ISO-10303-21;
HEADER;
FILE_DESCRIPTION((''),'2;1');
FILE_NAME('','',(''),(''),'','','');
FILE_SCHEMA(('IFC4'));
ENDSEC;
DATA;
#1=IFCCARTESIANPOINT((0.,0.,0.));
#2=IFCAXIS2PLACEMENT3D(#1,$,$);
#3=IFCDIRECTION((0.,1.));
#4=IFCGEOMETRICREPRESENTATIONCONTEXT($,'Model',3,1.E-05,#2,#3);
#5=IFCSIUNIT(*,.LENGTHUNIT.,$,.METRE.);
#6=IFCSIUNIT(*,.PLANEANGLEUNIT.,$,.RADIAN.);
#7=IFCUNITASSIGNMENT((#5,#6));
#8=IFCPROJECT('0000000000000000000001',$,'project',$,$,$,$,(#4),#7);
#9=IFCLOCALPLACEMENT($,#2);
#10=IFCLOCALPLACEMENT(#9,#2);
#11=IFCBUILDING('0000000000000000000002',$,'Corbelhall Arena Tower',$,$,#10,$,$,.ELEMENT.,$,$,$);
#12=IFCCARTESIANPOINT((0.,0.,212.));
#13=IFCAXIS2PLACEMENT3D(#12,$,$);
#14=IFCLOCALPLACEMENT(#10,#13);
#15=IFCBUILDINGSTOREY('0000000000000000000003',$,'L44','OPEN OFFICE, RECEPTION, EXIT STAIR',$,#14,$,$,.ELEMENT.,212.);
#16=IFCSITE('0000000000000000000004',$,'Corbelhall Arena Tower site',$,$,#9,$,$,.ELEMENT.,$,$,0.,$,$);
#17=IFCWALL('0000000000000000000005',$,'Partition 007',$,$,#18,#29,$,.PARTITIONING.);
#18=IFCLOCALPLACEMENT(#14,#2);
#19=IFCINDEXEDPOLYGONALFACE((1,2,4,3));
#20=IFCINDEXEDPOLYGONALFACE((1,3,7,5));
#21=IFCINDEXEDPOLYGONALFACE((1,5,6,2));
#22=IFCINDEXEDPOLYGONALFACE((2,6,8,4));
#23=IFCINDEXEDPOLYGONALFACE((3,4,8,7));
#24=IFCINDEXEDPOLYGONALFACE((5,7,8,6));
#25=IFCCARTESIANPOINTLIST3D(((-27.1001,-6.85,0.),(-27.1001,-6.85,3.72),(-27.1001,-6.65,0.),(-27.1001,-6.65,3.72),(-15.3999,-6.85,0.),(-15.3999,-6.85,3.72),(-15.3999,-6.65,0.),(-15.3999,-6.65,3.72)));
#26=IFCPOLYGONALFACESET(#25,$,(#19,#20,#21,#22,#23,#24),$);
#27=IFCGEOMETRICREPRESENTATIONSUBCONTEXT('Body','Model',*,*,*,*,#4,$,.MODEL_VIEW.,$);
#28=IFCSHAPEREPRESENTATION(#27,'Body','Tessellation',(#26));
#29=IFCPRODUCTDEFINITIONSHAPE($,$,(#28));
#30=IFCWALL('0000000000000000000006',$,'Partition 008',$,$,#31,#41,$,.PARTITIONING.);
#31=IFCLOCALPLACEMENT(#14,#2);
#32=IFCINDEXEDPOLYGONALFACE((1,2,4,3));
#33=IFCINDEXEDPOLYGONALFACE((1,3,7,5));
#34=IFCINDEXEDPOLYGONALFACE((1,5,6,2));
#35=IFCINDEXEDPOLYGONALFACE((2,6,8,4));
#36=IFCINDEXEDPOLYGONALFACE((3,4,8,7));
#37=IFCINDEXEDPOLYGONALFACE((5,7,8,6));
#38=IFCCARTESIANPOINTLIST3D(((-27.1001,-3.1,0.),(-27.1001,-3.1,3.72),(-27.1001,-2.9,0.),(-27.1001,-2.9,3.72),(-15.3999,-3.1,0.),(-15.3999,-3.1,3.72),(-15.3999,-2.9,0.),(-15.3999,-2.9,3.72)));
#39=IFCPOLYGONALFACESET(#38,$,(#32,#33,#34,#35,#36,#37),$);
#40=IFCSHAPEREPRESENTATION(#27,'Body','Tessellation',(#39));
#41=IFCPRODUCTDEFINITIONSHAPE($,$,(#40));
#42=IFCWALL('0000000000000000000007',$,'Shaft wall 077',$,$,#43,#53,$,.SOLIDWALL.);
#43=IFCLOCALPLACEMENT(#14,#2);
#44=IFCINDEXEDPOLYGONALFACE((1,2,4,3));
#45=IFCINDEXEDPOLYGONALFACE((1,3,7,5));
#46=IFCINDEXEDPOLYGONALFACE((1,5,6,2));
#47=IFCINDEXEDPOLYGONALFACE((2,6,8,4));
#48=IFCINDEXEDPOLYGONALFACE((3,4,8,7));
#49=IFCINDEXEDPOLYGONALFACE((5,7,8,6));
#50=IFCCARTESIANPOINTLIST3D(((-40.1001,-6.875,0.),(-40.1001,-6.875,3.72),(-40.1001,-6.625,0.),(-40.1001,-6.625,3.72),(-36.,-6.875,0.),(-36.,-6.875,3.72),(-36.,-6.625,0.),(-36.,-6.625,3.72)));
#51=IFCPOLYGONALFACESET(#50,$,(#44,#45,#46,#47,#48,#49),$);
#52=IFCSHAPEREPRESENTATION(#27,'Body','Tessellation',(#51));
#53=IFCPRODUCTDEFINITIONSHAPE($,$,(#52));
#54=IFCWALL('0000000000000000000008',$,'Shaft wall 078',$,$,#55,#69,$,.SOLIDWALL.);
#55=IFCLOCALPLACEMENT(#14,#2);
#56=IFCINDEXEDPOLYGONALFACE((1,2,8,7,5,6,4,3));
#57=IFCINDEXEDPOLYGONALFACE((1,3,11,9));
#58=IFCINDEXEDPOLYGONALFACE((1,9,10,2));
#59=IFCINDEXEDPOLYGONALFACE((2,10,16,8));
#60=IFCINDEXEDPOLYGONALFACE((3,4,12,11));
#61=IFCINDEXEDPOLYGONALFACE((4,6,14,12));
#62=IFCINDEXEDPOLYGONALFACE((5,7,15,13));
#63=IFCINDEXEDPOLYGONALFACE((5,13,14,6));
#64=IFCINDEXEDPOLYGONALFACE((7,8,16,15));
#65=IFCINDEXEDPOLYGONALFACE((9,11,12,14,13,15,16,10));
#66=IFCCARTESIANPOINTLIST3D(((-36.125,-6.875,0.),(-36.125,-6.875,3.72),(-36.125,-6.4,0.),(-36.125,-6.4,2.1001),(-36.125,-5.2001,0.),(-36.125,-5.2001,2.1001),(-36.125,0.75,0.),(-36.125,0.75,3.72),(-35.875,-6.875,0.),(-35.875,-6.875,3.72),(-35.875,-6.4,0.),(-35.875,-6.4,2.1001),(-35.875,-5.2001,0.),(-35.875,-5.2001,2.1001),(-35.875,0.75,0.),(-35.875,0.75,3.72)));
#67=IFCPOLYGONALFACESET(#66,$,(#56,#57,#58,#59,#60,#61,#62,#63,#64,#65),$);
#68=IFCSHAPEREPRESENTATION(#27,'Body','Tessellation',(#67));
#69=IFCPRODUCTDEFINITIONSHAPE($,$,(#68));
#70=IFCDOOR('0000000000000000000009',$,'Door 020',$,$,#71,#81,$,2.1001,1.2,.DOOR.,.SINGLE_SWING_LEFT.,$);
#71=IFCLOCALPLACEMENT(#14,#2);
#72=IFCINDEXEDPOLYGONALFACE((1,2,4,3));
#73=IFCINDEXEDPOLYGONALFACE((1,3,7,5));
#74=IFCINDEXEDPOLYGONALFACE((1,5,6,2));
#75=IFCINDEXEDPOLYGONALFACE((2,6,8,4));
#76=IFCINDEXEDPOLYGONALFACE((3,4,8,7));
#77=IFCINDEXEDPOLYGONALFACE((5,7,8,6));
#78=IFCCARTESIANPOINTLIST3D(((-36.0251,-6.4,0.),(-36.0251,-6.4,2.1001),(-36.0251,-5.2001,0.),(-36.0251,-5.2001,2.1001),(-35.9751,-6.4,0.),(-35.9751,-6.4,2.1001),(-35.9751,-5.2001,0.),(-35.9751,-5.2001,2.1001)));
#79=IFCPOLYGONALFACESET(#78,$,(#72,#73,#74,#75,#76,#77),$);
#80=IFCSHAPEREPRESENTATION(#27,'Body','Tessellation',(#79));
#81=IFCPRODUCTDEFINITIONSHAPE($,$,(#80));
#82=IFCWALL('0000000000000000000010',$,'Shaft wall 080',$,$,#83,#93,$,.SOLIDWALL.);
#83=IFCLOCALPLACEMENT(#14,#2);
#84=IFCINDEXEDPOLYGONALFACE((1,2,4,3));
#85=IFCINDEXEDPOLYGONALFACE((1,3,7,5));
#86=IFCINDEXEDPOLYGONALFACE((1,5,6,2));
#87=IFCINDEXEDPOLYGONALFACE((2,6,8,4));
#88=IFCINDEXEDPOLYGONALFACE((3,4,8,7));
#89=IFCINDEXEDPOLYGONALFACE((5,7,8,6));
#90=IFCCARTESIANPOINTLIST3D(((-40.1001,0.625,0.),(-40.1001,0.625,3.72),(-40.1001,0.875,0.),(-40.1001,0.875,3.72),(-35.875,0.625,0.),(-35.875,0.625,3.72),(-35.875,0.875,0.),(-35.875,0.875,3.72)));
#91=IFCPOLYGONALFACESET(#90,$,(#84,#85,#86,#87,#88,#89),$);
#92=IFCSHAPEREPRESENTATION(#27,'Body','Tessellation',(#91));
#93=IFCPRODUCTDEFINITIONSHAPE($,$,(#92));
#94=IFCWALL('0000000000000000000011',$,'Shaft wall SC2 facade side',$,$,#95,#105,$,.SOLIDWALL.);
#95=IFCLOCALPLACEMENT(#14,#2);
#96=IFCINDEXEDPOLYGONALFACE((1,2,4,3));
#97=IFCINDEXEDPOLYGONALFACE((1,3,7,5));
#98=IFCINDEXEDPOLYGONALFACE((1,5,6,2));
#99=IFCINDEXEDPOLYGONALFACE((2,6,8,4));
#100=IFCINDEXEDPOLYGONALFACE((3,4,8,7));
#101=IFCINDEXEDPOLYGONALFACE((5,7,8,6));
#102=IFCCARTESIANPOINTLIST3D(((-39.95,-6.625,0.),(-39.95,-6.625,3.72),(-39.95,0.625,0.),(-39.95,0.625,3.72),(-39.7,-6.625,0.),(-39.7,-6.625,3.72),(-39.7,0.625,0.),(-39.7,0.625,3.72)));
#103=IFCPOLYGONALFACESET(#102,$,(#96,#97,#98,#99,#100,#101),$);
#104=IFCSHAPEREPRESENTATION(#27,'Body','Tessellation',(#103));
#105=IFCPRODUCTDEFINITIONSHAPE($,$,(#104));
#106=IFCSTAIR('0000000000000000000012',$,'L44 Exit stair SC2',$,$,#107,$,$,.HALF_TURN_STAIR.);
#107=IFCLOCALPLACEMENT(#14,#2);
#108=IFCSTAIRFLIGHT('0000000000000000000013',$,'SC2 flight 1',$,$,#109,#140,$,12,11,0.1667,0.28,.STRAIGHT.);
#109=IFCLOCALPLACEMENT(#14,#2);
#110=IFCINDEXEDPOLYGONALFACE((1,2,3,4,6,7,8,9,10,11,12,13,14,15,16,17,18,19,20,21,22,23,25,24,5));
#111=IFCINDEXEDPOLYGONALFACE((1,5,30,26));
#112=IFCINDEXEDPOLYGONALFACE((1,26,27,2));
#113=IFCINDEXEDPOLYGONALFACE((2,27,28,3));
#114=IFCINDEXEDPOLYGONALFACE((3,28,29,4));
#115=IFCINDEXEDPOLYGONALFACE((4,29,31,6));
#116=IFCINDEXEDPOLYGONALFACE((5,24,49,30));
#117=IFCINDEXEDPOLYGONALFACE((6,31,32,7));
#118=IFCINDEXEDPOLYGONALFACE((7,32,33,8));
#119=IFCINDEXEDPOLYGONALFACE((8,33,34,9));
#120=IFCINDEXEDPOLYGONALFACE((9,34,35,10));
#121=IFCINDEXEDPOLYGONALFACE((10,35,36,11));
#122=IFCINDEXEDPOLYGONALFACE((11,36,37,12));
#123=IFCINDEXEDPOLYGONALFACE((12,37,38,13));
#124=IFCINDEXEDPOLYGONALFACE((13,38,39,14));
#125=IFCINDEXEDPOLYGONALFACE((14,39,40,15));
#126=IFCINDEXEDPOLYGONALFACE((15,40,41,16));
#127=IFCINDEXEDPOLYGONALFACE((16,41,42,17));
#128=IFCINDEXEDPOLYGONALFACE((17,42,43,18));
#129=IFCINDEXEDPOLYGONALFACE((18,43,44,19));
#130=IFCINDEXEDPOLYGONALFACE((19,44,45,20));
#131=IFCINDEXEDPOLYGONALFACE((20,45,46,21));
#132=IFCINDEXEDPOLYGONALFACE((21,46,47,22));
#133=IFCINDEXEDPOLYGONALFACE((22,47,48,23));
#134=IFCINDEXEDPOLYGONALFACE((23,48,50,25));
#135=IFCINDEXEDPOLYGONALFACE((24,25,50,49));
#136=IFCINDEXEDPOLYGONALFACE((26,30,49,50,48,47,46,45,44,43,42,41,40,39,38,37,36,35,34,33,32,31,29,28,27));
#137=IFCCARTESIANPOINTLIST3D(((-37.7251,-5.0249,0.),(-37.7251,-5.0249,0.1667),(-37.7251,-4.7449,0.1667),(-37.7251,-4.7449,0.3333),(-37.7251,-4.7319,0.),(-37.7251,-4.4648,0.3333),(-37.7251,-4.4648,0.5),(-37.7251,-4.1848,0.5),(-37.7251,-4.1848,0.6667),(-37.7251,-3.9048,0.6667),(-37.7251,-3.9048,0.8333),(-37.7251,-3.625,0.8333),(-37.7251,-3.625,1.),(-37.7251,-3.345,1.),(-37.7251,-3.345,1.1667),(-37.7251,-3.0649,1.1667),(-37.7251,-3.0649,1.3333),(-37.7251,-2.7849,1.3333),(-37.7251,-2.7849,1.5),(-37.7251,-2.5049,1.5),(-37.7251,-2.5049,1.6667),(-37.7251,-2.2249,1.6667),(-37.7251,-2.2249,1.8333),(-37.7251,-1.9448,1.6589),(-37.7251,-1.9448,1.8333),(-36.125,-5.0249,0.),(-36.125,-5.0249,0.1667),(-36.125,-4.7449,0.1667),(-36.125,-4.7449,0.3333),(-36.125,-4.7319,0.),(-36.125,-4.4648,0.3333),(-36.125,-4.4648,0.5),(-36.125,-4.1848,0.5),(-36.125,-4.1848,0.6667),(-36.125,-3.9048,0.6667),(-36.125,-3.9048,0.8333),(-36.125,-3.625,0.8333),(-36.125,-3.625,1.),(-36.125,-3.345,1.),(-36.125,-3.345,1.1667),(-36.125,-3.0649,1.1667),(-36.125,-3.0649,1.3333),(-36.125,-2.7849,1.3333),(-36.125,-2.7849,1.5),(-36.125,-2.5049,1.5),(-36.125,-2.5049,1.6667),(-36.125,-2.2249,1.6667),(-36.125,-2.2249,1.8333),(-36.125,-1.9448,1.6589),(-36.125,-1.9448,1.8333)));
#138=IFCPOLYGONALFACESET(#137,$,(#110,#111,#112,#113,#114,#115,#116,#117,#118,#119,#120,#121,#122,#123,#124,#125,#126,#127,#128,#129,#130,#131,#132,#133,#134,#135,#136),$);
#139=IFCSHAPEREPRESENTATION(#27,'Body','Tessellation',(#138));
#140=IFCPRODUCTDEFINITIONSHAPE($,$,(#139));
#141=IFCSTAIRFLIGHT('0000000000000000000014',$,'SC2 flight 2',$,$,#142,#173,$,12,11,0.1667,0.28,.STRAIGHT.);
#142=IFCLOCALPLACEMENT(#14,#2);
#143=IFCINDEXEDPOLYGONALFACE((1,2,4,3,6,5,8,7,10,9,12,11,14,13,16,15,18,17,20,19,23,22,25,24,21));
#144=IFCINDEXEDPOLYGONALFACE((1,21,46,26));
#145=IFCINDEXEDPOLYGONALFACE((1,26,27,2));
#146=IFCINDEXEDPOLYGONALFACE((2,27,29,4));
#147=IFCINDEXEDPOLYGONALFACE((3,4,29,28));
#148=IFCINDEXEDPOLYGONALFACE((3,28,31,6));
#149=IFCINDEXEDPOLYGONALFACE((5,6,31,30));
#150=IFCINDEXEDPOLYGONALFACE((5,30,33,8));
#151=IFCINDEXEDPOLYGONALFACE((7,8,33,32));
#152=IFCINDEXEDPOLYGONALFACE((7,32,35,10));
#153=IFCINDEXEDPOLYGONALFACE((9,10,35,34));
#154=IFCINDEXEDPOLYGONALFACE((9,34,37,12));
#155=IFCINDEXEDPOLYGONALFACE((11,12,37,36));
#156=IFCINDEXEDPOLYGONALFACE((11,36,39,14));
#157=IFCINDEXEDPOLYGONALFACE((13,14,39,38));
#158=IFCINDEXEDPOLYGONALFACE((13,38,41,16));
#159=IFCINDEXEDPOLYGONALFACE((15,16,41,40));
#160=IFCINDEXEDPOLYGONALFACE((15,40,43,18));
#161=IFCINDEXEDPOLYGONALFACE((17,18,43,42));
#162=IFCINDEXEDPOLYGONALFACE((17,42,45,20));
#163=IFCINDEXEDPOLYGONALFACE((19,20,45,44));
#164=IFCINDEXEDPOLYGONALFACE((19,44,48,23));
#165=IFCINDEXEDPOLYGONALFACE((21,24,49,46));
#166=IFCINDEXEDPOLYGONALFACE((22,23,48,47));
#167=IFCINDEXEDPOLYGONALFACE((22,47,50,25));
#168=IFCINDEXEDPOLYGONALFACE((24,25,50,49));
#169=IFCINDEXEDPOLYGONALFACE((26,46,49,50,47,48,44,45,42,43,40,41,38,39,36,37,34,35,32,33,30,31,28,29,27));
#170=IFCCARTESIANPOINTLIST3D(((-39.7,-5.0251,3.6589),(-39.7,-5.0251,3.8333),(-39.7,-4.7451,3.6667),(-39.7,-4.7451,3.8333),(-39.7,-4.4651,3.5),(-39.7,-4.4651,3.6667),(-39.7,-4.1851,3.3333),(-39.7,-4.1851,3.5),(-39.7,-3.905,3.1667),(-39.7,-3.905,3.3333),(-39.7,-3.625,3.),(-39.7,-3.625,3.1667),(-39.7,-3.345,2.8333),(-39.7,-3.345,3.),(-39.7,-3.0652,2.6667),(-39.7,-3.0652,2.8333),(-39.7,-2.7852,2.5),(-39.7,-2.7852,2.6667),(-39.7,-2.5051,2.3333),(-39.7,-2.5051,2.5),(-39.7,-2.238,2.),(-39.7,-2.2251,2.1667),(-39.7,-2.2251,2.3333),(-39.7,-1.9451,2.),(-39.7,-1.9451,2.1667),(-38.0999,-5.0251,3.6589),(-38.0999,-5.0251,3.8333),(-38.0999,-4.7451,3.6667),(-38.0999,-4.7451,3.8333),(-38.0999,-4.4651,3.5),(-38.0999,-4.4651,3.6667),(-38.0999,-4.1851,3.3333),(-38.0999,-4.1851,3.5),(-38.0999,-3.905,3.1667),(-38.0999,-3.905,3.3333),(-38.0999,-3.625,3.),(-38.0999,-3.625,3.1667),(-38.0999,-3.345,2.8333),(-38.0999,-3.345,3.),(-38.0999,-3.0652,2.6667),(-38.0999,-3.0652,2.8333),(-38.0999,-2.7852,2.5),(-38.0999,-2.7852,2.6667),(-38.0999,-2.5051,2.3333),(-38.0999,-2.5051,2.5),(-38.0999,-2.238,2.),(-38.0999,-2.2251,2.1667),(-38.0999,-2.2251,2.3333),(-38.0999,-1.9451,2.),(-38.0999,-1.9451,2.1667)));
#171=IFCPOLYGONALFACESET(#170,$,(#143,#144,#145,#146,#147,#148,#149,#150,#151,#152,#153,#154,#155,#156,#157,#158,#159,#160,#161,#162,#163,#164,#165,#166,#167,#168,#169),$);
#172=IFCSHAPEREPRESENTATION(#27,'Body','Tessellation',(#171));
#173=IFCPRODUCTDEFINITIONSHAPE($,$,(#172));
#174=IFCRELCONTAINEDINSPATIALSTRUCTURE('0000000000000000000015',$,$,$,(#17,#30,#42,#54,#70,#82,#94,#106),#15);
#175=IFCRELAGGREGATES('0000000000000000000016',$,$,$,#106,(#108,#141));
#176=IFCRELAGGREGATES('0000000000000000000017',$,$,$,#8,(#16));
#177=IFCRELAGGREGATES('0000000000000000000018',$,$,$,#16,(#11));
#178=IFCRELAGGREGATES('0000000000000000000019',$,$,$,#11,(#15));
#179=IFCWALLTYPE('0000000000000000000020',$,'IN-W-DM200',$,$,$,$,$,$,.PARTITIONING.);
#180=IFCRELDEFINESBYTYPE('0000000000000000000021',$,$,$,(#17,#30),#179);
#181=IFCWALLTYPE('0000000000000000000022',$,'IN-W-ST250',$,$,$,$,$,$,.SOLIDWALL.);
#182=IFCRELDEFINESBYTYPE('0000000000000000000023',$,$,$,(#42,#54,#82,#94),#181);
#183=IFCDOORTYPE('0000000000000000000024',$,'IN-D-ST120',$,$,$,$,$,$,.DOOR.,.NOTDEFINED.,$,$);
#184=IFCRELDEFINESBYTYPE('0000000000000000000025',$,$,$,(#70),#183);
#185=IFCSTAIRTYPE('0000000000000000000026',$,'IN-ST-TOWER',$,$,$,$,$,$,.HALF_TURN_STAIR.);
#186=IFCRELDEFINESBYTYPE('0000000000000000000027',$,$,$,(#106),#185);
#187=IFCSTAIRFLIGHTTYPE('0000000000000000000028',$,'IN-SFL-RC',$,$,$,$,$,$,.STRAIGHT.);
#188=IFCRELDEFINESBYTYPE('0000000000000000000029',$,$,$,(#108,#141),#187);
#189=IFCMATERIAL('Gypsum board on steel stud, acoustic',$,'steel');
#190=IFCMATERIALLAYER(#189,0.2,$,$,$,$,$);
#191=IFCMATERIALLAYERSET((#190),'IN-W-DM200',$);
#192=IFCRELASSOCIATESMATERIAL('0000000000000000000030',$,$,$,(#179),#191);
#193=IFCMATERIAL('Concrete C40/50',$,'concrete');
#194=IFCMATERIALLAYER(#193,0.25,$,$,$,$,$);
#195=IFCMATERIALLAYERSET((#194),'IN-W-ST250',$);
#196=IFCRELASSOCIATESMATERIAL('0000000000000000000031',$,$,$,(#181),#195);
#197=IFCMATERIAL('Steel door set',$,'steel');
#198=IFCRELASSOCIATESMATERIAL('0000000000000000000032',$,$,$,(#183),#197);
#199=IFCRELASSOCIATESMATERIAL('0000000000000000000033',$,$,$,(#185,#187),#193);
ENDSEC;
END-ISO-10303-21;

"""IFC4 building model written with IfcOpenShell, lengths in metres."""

from ifc_helpers import new_model, si_unit, direction, frame, frame_2d, origin, place, context, subcontext, project, spatial, polyline, rectangle, outline, extrude, material, layer, layer_set, type_object, element, fill, aggregate, save


model = new_model("IFC4")

# Units and contexts
model_context = context("Model", 3, precision=1e-05, world=origin(), true_north=direction((0.0, 1.0)))
body_context = subcontext(model_context, "Body", "Model", "MODEL_VIEW")
ifc_project = project(units=[si_unit("LENGTHUNIT", "METRE"), si_unit("PLANEANGLEUNIT", "RADIAN")], contexts=[model_context])

# Site, building, storey
site_placement = place(None, origin())
site = spatial("IfcSite", under=ifc_project, at=site_placement, Name="Corbelhall Arena Tower site", CompositionType="ELEMENT", RefElevation=0.0)
building_placement = place(site_placement, origin())
building = spatial("IfcBuilding", under=site, at=building_placement, Name="Corbelhall Arena Tower", CompositionType="ELEMENT")
storey_placement = place(building_placement, frame((0.0, 0.0, 212.0)))
storey = spatial("IfcBuildingStorey", under=building, at=storey_placement, Name="L44", Description="OPEN OFFICE, RECEPTION, EXIT STAIR", CompositionType="ELEMENT", Elevation=212.0)

# Walls
ifc_material_1 = material(Name="Gypsum board on steel stud, acoustic", Category="steel")
ifc_layer_1 = layer(ifc_material_1, 0.2)
ifc_layer_set_1 = layer_set([ifc_layer_1], Name="IN-W-DM200")
wall_type_1 = type_object("IfcWallType", Name="IN-W-DM200", PredefinedType="PARTITIONING", material=ifc_layer_set_1)
for number, where, z_axis, x_axis, name in (
    (1, (-27.1001, -6.75, 0.0), (0.0, 0.0, 1.0), (1.0, 0.0, 0.0), "Partition 007"),
    (2, (-27.1001, -3.0, 0.0), (0.0, 0.0, 1.0), (1.0, 0.0, 0.0), "Partition 008"),
):
    element("IfcWall", number, at=place(storey_placement, frame(where, z_axis=z_axis, x_axis=x_axis)), inside=storey, type_object=wall_type_1, Name=name, PredefinedType="PARTITIONING", context=body_context, shape_type="SweptSolid", body=[
        extrude(rectangle(XDim=11.7002, YDim=0.2, at=frame_2d((5.8501, 0.0))), origin(), (0.0, 0.0, 1.0), 3.72),
    ])
ifc_material_2 = material(Name="Concrete C40/50", Category="concrete")
ifc_layer_2 = layer(ifc_material_2, 0.25)
ifc_layer_set_2 = layer_set([ifc_layer_2], Name="IN-W-ST250")
wall_type_2 = type_object("IfcWallType", Name="IN-W-ST250", PredefinedType="SOLIDWALL", material=ifc_layer_set_2)
wall_1_placement = place(storey_placement, frame((-36.0, -6.75, 0.0), z_axis=(0.0, 0.0, 1.0), x_axis=(-1.0, 0.0, 0.0)))
element("IfcWall", 3, at=wall_1_placement, inside=storey, type_object=wall_type_2, Name="Shaft wall 077", PredefinedType="SOLIDWALL", context=body_context, shape_type="SweptSolid", body=[
    extrude(rectangle(XDim=4.1001, YDim=0.25, at=frame_2d((2.05, 0.0))), origin(), (0.0, 0.0, 1.0), 3.72),
])

# Wall, opening, door
wall_2_placement = place(storey_placement, frame((-36.0, 0.75, 0.0), z_axis=(0.0, 0.0, 1.0), x_axis=(0.0, -1.0, 0.0)))
wall_2 = element("IfcWall", 4, at=wall_2_placement, inside=storey, type_object=wall_type_2, Name="Shaft wall 078", PredefinedType="SOLIDWALL", context=body_context, shape_type="SweptSolid", body=[
    extrude(rectangle(XDim=7.625, YDim=0.25, at=frame_2d((3.8125, 0.0))), origin(), (0.0, 0.0, 1.0), 3.72),
])
opening_1_placement = place(wall_2_placement, frame((5.95, 0.0, 0.0)))
opening_1 = element("IfcOpeningElement", 5, at=opening_1_placement, cuts=wall_2, PredefinedType="OPENING", context=body_context, shape_type="SweptSolid", body=[
    extrude(rectangle(XDim=1.2, YDim=2.1001, at=frame_2d((0.6001, 1.05))), frame((0.0, 0.125, 0.0), z_axis=(0.0, -1.0, 0.0), x_axis=(1.0, 0.0, 0.0)), (0.0, 0.0, 1.0), 0.25),
])
ifc_material_3 = material(Name="Steel door set", Category="steel")
door_type = type_object("IfcDoorType", Name="IN-D-ST120", OperationType="NOTDEFINED", PredefinedType="DOOR", material=ifc_material_3)
door_placement = place(opening_1_placement, origin())
door = element("IfcDoor", 6, at=door_placement, inside=storey, type_object=door_type, Name="Door 020", OperationType="SINGLE_SWING_LEFT", OverallHeight=2.1001, OverallWidth=1.2, PredefinedType="DOOR", context=body_context, shape_type="SweptSolid", body=[
    extrude(rectangle(XDim=1.2, YDim=2.1001, at=frame_2d((0.6001, 1.05))), frame((0.0, 0.0249, 0.0), z_axis=(0.0, -1.0, 0.0), x_axis=(1.0, 0.0, 0.0)), (0.0, 0.0, 1.0), 0.05),
])
fill(opening_1, door)

# Walls
wall_3_placement = place(storey_placement, frame((-35.875, 0.75, 0.0), z_axis=(0.0, 0.0, 1.0), x_axis=(-1.0, 0.0, 0.0)))
element("IfcWall", 7, at=wall_3_placement, inside=storey, type_object=wall_type_2, Name="Shaft wall 080", PredefinedType="SOLIDWALL", context=body_context, shape_type="SweptSolid", body=[
    extrude(rectangle(XDim=4.2251, YDim=0.25, at=frame_2d((2.1125, 0.0))), origin(), (0.0, 0.0, 1.0), 3.72),
])
wall_4_placement = place(storey_placement, frame((-39.825, -6.625, 0.0), z_axis=(0.0, 0.0, 1.0), x_axis=(0.0, 1.0, 0.0)))
element("IfcWall", 8, at=wall_4_placement, inside=storey, type_object=wall_type_2, Name="Shaft wall SC2 facade side", PredefinedType="SOLIDWALL", context=body_context, shape_type="SweptSolid", body=[
    extrude(rectangle(XDim=7.25, YDim=0.25, at=frame_2d((3.625, 0.0))), origin(), (0.0, 0.0, 1.0), 3.72),
])

# Stair, stair flights
stair_type = type_object("IfcStairType", Name="IN-ST-TOWER", PredefinedType="HALF_TURN_STAIR", material=ifc_material_2)
stair_placement = place(storey_placement, origin())
stair = element("IfcStair", 9, at=stair_placement, inside=storey, type_object=stair_type, Name="L44 Exit stair SC2", PredefinedType="HALF_TURN_STAIR")
stair_flight_type = type_object("IfcStairFlightType", Name="IN-SFL-RC", PredefinedType="STRAIGHT", material=ifc_material_2)
stair_flight_1_placement = place(storey_placement, frame((-36.925, -5.0249, 0.0), z_axis=(0.0, 0.0, 1.0), x_axis=(0.0, 1.0, 0.0)))
stair_flight_1 = element("IfcStairFlight", 10, at=stair_flight_1_placement, type_object=stair_flight_type, Name="SC2 flight 1", NumberOfRisers=12, NumberOfTreads=11, PredefinedType="STRAIGHT", RiserHeight=0.1667, TreadLength=0.28, context=body_context, shape_type="SweptSolid", body=[
    extrude(outline(polyline([(0.0, 0.0), (0.0, 0.1667), (0.28, 0.1667), (0.28, 0.3333), (0.5601, 0.3333), (0.5601, 0.5), (0.8401, 0.5), (0.8401, 0.6667), (1.1201, 0.6667), (1.1201, 0.8333), (1.3999, 0.8333), (1.3999, 1.0), (1.6799, 1.0), (1.6799, 1.1667), (1.96, 1.1667), (1.96, 1.3333), (2.24, 1.3333), (2.24, 1.5), (2.52, 1.5), (2.52, 1.6667), (2.8, 1.6667), (2.8, 1.8333), (3.0801, 1.8333), (3.0801, 2.0), (3.0801, 1.6589), (0.293, 0.0), (0.0, 0.0)])), frame((0.0, 0.8, 0.0), z_axis=(0.0, -1.0, 0.0), x_axis=(1.0, 0.0, 0.0)), (0.0, 0.0, 1.0), 1.6001),
])
stair_flight_2_placement = place(storey_placement, frame((-38.8999, -1.9451, 2.0), z_axis=(0.0, 0.0, 1.0), x_axis=(0.0, -1.0, 0.0)))
stair_flight_2 = element("IfcStairFlight", 11, at=stair_flight_2_placement, type_object=stair_flight_type, Name="SC2 flight 2", NumberOfRisers=12, NumberOfTreads=11, PredefinedType="STRAIGHT", RiserHeight=0.1667, TreadLength=0.28, context=body_context, shape_type="SweptSolid", body=[
    extrude(outline(polyline([(0.0, 0.0), (0.0, 0.1667), (0.28, 0.1667), (0.28, 0.3333), (0.5601, 0.3333), (0.5601, 0.5), (0.8401, 0.5), (0.8401, 0.6667), (1.1201, 0.6667), (1.1201, 0.8333), (1.3999, 0.8333), (1.3999, 1.0), (1.6799, 1.0), (1.6799, 1.1667), (1.96, 1.1667), (1.96, 1.3333), (2.24, 1.3333), (2.24, 1.5), (2.52, 1.5), (2.52, 1.6667), (2.8, 1.6667), (2.8, 1.8333), (3.0801, 1.8333), (3.0801, 2.0), (3.0801, 1.6589), (0.293, 0.0), (0.0, 0.0)])), frame((0.0, 0.8, 0.0), z_axis=(0.0, -1.0, 0.0), x_axis=(1.0, 0.0, 0.0)), (0.0, 0.0, 1.0), 1.6001),
])
aggregate(stair, [stair_flight_1, stair_flight_2])

save(model, "model.ifc")
